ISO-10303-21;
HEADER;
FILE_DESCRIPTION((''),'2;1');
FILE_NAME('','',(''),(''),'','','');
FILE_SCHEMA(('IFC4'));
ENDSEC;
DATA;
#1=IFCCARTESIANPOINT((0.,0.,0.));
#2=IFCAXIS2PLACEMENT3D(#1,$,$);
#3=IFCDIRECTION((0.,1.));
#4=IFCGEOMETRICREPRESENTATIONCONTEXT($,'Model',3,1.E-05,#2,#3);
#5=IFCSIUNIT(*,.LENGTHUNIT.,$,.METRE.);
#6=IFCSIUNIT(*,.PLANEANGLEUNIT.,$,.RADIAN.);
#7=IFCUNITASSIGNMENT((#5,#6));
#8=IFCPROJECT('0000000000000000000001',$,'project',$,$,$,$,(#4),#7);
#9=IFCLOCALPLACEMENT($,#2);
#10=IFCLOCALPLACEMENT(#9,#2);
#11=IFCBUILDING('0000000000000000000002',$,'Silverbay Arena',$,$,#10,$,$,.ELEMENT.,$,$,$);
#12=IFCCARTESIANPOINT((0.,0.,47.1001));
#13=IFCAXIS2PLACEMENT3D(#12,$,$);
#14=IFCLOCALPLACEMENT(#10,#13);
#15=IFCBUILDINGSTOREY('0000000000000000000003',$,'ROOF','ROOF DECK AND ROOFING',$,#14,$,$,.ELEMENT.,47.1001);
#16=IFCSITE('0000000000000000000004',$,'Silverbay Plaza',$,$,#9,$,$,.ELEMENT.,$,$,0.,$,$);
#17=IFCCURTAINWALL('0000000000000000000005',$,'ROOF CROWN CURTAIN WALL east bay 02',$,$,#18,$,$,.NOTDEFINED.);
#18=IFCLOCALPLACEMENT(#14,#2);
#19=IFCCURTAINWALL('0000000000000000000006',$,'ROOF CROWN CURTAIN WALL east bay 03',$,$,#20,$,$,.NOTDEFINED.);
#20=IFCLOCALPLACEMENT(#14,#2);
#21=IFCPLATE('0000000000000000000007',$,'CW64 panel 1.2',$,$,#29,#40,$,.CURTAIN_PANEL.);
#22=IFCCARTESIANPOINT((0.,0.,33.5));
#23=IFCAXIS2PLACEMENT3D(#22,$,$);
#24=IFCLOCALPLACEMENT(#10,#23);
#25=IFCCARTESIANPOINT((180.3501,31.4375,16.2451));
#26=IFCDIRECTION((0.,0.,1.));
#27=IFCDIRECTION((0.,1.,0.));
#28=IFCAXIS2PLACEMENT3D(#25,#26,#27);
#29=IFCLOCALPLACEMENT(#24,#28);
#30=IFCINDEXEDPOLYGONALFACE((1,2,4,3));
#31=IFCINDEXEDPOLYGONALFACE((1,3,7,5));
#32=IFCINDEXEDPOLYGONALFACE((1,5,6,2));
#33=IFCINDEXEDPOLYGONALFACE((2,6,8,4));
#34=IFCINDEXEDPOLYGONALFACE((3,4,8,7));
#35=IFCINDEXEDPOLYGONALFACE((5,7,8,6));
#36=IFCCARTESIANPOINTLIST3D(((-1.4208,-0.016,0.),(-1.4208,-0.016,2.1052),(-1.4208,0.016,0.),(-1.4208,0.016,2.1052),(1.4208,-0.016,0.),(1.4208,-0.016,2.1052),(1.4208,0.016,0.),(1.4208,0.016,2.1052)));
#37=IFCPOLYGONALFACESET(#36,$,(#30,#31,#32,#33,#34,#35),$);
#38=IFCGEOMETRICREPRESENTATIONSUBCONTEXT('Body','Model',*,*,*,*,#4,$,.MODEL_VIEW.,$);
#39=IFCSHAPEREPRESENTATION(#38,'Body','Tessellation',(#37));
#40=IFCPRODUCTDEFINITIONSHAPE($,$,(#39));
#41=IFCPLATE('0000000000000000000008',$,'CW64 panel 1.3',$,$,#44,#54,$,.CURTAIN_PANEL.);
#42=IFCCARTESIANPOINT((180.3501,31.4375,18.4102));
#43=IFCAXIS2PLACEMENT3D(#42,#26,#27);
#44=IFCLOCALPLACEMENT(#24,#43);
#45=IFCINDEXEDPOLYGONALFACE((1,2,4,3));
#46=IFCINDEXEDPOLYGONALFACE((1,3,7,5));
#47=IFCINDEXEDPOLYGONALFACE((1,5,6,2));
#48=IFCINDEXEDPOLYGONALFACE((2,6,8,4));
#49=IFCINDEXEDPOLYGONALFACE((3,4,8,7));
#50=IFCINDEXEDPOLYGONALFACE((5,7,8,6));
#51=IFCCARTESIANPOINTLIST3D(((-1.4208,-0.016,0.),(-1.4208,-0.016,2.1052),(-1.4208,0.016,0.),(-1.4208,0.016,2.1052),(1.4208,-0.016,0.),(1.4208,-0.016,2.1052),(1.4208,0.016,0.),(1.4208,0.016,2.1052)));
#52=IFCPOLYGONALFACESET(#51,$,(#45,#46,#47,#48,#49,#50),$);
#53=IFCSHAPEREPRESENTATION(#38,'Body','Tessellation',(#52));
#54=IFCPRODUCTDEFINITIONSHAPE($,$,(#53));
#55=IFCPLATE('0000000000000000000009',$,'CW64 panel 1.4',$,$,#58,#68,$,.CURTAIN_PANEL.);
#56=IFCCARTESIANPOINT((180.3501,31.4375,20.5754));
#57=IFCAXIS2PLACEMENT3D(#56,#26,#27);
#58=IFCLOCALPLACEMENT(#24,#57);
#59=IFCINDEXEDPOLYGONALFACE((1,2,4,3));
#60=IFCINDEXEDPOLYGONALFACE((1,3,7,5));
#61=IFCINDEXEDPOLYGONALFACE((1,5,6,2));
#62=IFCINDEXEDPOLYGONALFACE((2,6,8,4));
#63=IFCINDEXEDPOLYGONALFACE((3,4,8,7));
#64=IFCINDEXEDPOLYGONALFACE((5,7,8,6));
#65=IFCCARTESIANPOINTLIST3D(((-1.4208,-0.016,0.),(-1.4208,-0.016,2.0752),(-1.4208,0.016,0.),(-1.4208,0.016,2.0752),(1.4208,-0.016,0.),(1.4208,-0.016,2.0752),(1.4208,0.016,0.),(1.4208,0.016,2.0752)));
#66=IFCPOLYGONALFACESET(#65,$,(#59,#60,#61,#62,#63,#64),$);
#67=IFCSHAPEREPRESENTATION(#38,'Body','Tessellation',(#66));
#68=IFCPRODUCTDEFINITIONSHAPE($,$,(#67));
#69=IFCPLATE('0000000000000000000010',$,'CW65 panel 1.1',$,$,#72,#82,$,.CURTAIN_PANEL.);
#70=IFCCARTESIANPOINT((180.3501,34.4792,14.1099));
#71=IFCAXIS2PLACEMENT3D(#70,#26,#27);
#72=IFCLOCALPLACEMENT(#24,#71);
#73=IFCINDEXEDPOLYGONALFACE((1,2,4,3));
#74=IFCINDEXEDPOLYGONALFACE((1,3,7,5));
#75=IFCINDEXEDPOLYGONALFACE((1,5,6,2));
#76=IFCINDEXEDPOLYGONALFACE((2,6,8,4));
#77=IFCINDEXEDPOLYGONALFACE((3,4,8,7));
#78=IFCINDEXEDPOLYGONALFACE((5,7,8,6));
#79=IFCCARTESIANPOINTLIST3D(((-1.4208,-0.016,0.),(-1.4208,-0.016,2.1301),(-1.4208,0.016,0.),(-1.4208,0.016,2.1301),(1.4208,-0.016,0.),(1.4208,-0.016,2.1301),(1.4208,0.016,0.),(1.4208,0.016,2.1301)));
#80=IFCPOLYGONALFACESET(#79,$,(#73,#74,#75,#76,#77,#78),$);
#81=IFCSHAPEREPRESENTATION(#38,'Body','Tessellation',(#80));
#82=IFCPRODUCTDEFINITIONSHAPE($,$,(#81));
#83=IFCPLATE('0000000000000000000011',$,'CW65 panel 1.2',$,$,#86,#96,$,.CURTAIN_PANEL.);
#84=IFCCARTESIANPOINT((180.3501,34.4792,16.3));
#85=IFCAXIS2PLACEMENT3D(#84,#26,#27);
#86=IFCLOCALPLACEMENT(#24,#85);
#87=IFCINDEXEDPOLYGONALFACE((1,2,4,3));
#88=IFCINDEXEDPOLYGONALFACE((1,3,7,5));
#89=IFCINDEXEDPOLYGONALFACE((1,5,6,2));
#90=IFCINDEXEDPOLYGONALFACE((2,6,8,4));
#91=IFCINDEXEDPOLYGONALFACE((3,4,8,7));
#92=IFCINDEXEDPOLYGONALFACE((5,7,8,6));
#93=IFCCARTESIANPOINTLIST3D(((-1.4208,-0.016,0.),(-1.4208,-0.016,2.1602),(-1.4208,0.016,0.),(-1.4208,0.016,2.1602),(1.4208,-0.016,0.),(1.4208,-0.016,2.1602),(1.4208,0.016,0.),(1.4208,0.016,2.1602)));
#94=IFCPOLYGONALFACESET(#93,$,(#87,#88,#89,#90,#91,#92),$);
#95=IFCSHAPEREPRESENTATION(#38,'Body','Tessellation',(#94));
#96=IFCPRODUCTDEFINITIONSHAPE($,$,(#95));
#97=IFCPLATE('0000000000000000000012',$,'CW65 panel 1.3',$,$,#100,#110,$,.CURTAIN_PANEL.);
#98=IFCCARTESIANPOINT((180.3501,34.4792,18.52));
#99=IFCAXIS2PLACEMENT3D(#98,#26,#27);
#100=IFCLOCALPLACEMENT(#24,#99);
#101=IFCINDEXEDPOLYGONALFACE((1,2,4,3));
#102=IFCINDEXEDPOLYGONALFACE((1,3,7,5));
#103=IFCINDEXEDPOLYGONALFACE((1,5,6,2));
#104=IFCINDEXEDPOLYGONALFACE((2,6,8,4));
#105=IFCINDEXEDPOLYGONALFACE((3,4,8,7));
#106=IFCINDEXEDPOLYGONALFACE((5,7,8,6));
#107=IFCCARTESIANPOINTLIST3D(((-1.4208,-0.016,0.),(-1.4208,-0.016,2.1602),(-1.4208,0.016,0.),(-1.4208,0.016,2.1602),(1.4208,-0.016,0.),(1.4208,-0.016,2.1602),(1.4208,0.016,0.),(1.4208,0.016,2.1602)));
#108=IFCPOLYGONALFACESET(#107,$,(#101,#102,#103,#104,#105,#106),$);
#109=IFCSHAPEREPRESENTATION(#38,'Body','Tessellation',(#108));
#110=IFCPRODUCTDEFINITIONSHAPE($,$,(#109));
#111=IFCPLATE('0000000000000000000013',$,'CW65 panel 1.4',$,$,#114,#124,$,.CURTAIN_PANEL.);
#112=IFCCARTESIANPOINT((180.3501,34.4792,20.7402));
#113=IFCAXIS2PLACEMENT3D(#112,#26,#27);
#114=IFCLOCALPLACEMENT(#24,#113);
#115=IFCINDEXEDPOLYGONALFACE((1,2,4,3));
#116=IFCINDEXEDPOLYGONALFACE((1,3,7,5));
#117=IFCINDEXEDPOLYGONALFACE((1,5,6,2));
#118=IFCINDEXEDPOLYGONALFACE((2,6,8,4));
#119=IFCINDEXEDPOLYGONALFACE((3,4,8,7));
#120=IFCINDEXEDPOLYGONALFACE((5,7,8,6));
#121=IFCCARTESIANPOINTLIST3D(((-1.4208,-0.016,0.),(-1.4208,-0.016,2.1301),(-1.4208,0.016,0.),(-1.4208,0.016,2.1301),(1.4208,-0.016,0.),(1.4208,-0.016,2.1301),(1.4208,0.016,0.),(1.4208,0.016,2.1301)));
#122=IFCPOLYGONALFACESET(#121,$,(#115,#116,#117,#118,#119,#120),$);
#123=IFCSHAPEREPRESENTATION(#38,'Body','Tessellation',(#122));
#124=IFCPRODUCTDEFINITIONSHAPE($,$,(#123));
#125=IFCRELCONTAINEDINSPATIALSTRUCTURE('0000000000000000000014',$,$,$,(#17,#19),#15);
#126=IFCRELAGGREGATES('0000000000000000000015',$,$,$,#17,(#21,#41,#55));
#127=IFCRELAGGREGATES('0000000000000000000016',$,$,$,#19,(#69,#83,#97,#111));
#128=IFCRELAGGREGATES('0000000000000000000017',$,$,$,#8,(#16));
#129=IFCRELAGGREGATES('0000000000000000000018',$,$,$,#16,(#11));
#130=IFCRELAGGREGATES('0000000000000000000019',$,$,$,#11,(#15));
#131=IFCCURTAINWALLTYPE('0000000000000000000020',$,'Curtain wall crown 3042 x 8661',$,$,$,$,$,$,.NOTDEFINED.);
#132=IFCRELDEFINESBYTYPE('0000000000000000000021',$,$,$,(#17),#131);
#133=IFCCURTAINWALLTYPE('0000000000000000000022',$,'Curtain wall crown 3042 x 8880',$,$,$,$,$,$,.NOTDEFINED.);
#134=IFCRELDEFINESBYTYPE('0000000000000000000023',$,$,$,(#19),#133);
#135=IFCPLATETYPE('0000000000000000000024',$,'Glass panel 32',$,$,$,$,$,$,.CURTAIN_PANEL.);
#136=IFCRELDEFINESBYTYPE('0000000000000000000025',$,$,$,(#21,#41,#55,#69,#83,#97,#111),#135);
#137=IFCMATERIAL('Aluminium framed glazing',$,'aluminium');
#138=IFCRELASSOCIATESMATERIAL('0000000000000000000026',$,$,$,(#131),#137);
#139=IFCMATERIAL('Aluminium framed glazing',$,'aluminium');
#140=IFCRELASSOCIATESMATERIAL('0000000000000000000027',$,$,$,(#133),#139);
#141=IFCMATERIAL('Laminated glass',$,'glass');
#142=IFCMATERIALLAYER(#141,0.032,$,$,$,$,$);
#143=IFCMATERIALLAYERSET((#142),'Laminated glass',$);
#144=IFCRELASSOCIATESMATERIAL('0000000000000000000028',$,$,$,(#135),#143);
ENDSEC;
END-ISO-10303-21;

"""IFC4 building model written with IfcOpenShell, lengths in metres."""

from ifc_helpers import new_model, si_unit, direction, frame, origin, origin_2d, place, context, subcontext, project, spatial, rectangle, extrude, material, layer, layer_set, type_object, element, aggregate, save


model = new_model("IFC4")

# Units and contexts
model_context = context("Model", 3, precision=1e-05, world=origin(), true_north=direction((0.0, 1.0)))
body_context = subcontext(model_context, "Body", "Model", "MODEL_VIEW")
ifc_project = project(units=[si_unit("LENGTHUNIT", "METRE"), si_unit("PLANEANGLEUNIT", "RADIAN")], contexts=[model_context])

# Site, building, storey
site_placement = place(None, origin())
site = spatial("IfcSite", under=ifc_project, at=site_placement, Name="Silverbay Plaza", CompositionType="ELEMENT", RefElevation=0.0)
building_placement = place(site_placement, origin())
building = spatial("IfcBuilding", under=site, at=building_placement, Name="Silverbay Arena", CompositionType="ELEMENT")
storey_placement = place(building_placement, frame((0.0, 0.0, 47.1001)))
storey = spatial("IfcBuildingStorey", under=building, at=storey_placement, Name="ROOF", Description="ROOF DECK AND ROOFING", CompositionType="ELEMENT", Elevation=47.1001)

# Curtain wall
ifc_material_1 = material(Name="Aluminium framed glazing", Category="aluminium")
curtain_wall_type_1 = type_object("IfcCurtainWallType", Name="Curtain wall crown 3042 x 8661", PredefinedType="NOTDEFINED", material=ifc_material_1)
curtain_wall_1_placement = place(storey_placement, origin())
curtain_wall_1 = element("IfcCurtainWall", 1, at=curtain_wall_1_placement, inside=storey, type_object=curtain_wall_type_1, Name="ROOF CROWN CURTAIN WALL east bay 02", PredefinedType="NOTDEFINED")
placement = place(building_placement, frame((0.0, 0.0, 33.5)))

# Curtain wall
ifc_material_2 = material(Name="Aluminium framed glazing", Category="aluminium")
curtain_wall_type_2 = type_object("IfcCurtainWallType", Name="Curtain wall crown 3042 x 8880", PredefinedType="NOTDEFINED", material=ifc_material_2)
curtain_wall_2_placement = place(storey_placement, origin())
curtain_wall_2 = element("IfcCurtainWall", 2, at=curtain_wall_2_placement, inside=storey, type_object=curtain_wall_type_2, Name="ROOF CROWN CURTAIN WALL east bay 03", PredefinedType="NOTDEFINED")

# Plates
ifc_material_3 = material(Name="Laminated glass", Category="glass")
ifc_layer_1 = layer(ifc_material_3, 0.032)
ifc_layer_set_1 = layer_set([ifc_layer_1], Name="Laminated glass")
plate_type = type_object("IfcPlateType", Name="Glass panel 32", PredefinedType="CURTAIN_PANEL", material=ifc_layer_set_1)
plate_1_placement = place(placement, frame((180.3501, 31.4375, 16.2451), z_axis=(0.0, 0.0, 1.0), x_axis=(0.0, 1.0, 0.0)))
plate_1 = element("IfcPlate", 3, at=plate_1_placement, type_object=plate_type, Name="CW64 panel 1.2", PredefinedType="CURTAIN_PANEL", context=body_context, shape_type="SweptSolid", body=[
    extrude(rectangle(XDim=2.8416, YDim=0.032, at=origin_2d()), origin(), (0.0, 0.0, 1.0), 2.1052),
])
plate_2_placement = place(placement, frame((180.3501, 31.4375, 18.4102), z_axis=(0.0, 0.0, 1.0), x_axis=(0.0, 1.0, 0.0)))
plate_2 = element("IfcPlate", 4, at=plate_2_placement, type_object=plate_type, Name="CW64 panel 1.3", PredefinedType="CURTAIN_PANEL", context=body_context, shape_type="SweptSolid", body=[
    extrude(rectangle(XDim=2.8416, YDim=0.032, at=origin_2d()), origin(), (0.0, 0.0, 1.0), 2.1052),
])
plate_3_placement = place(placement, frame((180.3501, 31.4375, 20.5754), z_axis=(0.0, 0.0, 1.0), x_axis=(0.0, 1.0, 0.0)))
plate_3 = element("IfcPlate", 5, at=plate_3_placement, type_object=plate_type, Name="CW64 panel 1.4", PredefinedType="CURTAIN_PANEL", context=body_context, shape_type="SweptSolid", body=[
    extrude(rectangle(XDim=2.8416, YDim=0.032, at=origin_2d()), origin(), (0.0, 0.0, 1.0), 2.0752),
])
aggregate(curtain_wall_1, [plate_1, plate_2, plate_3])
plate_4_placement = place(placement, frame((180.3501, 34.4792, 14.1099), z_axis=(0.0, 0.0, 1.0), x_axis=(0.0, 1.0, 0.0)))
plate_4 = element("IfcPlate", 6, at=plate_4_placement, type_object=plate_type, Name="CW65 panel 1.1", PredefinedType="CURTAIN_PANEL", context=body_context, shape_type="SweptSolid", body=[
    extrude(rectangle(XDim=2.8416, YDim=0.032, at=origin_2d()), origin(), (0.0, 0.0, 1.0), 2.1301),
])
plate_5_placement = place(placement, frame((180.3501, 34.4792, 16.3), z_axis=(0.0, 0.0, 1.0), x_axis=(0.0, 1.0, 0.0)))
plate_5 = element("IfcPlate", 7, at=plate_5_placement, type_object=plate_type, Name="CW65 panel 1.2", PredefinedType="CURTAIN_PANEL", context=body_context, shape_type="SweptSolid", body=[
    extrude(rectangle(XDim=2.8416, YDim=0.032, at=origin_2d()), origin(), (0.0, 0.0, 1.0), 2.1602),
])
plate_6_placement = place(placement, frame((180.3501, 34.4792, 18.52), z_axis=(0.0, 0.0, 1.0), x_axis=(0.0, 1.0, 0.0)))
plate_6 = element("IfcPlate", 8, at=plate_6_placement, type_object=plate_type, Name="CW65 panel 1.3", PredefinedType="CURTAIN_PANEL", context=body_context, shape_type="SweptSolid", body=[
    extrude(rectangle(XDim=2.8416, YDim=0.032, at=origin_2d()), origin(), (0.0, 0.0, 1.0), 2.1602),
])
plate_7_placement = place(placement, frame((180.3501, 34.4792, 20.7402), z_axis=(0.0, 0.0, 1.0), x_axis=(0.0, 1.0, 0.0)))
plate_7 = element("IfcPlate", 9, at=plate_7_placement, type_object=plate_type, Name="CW65 panel 1.4", PredefinedType="CURTAIN_PANEL", context=body_context, shape_type="SweptSolid", body=[
    extrude(rectangle(XDim=2.8416, YDim=0.032, at=origin_2d()), origin(), (0.0, 0.0, 1.0), 2.1301),
])
aggregate(curtain_wall_2, [plate_4, plate_5, plate_6, plate_7])

save(model, "model.ifc")
